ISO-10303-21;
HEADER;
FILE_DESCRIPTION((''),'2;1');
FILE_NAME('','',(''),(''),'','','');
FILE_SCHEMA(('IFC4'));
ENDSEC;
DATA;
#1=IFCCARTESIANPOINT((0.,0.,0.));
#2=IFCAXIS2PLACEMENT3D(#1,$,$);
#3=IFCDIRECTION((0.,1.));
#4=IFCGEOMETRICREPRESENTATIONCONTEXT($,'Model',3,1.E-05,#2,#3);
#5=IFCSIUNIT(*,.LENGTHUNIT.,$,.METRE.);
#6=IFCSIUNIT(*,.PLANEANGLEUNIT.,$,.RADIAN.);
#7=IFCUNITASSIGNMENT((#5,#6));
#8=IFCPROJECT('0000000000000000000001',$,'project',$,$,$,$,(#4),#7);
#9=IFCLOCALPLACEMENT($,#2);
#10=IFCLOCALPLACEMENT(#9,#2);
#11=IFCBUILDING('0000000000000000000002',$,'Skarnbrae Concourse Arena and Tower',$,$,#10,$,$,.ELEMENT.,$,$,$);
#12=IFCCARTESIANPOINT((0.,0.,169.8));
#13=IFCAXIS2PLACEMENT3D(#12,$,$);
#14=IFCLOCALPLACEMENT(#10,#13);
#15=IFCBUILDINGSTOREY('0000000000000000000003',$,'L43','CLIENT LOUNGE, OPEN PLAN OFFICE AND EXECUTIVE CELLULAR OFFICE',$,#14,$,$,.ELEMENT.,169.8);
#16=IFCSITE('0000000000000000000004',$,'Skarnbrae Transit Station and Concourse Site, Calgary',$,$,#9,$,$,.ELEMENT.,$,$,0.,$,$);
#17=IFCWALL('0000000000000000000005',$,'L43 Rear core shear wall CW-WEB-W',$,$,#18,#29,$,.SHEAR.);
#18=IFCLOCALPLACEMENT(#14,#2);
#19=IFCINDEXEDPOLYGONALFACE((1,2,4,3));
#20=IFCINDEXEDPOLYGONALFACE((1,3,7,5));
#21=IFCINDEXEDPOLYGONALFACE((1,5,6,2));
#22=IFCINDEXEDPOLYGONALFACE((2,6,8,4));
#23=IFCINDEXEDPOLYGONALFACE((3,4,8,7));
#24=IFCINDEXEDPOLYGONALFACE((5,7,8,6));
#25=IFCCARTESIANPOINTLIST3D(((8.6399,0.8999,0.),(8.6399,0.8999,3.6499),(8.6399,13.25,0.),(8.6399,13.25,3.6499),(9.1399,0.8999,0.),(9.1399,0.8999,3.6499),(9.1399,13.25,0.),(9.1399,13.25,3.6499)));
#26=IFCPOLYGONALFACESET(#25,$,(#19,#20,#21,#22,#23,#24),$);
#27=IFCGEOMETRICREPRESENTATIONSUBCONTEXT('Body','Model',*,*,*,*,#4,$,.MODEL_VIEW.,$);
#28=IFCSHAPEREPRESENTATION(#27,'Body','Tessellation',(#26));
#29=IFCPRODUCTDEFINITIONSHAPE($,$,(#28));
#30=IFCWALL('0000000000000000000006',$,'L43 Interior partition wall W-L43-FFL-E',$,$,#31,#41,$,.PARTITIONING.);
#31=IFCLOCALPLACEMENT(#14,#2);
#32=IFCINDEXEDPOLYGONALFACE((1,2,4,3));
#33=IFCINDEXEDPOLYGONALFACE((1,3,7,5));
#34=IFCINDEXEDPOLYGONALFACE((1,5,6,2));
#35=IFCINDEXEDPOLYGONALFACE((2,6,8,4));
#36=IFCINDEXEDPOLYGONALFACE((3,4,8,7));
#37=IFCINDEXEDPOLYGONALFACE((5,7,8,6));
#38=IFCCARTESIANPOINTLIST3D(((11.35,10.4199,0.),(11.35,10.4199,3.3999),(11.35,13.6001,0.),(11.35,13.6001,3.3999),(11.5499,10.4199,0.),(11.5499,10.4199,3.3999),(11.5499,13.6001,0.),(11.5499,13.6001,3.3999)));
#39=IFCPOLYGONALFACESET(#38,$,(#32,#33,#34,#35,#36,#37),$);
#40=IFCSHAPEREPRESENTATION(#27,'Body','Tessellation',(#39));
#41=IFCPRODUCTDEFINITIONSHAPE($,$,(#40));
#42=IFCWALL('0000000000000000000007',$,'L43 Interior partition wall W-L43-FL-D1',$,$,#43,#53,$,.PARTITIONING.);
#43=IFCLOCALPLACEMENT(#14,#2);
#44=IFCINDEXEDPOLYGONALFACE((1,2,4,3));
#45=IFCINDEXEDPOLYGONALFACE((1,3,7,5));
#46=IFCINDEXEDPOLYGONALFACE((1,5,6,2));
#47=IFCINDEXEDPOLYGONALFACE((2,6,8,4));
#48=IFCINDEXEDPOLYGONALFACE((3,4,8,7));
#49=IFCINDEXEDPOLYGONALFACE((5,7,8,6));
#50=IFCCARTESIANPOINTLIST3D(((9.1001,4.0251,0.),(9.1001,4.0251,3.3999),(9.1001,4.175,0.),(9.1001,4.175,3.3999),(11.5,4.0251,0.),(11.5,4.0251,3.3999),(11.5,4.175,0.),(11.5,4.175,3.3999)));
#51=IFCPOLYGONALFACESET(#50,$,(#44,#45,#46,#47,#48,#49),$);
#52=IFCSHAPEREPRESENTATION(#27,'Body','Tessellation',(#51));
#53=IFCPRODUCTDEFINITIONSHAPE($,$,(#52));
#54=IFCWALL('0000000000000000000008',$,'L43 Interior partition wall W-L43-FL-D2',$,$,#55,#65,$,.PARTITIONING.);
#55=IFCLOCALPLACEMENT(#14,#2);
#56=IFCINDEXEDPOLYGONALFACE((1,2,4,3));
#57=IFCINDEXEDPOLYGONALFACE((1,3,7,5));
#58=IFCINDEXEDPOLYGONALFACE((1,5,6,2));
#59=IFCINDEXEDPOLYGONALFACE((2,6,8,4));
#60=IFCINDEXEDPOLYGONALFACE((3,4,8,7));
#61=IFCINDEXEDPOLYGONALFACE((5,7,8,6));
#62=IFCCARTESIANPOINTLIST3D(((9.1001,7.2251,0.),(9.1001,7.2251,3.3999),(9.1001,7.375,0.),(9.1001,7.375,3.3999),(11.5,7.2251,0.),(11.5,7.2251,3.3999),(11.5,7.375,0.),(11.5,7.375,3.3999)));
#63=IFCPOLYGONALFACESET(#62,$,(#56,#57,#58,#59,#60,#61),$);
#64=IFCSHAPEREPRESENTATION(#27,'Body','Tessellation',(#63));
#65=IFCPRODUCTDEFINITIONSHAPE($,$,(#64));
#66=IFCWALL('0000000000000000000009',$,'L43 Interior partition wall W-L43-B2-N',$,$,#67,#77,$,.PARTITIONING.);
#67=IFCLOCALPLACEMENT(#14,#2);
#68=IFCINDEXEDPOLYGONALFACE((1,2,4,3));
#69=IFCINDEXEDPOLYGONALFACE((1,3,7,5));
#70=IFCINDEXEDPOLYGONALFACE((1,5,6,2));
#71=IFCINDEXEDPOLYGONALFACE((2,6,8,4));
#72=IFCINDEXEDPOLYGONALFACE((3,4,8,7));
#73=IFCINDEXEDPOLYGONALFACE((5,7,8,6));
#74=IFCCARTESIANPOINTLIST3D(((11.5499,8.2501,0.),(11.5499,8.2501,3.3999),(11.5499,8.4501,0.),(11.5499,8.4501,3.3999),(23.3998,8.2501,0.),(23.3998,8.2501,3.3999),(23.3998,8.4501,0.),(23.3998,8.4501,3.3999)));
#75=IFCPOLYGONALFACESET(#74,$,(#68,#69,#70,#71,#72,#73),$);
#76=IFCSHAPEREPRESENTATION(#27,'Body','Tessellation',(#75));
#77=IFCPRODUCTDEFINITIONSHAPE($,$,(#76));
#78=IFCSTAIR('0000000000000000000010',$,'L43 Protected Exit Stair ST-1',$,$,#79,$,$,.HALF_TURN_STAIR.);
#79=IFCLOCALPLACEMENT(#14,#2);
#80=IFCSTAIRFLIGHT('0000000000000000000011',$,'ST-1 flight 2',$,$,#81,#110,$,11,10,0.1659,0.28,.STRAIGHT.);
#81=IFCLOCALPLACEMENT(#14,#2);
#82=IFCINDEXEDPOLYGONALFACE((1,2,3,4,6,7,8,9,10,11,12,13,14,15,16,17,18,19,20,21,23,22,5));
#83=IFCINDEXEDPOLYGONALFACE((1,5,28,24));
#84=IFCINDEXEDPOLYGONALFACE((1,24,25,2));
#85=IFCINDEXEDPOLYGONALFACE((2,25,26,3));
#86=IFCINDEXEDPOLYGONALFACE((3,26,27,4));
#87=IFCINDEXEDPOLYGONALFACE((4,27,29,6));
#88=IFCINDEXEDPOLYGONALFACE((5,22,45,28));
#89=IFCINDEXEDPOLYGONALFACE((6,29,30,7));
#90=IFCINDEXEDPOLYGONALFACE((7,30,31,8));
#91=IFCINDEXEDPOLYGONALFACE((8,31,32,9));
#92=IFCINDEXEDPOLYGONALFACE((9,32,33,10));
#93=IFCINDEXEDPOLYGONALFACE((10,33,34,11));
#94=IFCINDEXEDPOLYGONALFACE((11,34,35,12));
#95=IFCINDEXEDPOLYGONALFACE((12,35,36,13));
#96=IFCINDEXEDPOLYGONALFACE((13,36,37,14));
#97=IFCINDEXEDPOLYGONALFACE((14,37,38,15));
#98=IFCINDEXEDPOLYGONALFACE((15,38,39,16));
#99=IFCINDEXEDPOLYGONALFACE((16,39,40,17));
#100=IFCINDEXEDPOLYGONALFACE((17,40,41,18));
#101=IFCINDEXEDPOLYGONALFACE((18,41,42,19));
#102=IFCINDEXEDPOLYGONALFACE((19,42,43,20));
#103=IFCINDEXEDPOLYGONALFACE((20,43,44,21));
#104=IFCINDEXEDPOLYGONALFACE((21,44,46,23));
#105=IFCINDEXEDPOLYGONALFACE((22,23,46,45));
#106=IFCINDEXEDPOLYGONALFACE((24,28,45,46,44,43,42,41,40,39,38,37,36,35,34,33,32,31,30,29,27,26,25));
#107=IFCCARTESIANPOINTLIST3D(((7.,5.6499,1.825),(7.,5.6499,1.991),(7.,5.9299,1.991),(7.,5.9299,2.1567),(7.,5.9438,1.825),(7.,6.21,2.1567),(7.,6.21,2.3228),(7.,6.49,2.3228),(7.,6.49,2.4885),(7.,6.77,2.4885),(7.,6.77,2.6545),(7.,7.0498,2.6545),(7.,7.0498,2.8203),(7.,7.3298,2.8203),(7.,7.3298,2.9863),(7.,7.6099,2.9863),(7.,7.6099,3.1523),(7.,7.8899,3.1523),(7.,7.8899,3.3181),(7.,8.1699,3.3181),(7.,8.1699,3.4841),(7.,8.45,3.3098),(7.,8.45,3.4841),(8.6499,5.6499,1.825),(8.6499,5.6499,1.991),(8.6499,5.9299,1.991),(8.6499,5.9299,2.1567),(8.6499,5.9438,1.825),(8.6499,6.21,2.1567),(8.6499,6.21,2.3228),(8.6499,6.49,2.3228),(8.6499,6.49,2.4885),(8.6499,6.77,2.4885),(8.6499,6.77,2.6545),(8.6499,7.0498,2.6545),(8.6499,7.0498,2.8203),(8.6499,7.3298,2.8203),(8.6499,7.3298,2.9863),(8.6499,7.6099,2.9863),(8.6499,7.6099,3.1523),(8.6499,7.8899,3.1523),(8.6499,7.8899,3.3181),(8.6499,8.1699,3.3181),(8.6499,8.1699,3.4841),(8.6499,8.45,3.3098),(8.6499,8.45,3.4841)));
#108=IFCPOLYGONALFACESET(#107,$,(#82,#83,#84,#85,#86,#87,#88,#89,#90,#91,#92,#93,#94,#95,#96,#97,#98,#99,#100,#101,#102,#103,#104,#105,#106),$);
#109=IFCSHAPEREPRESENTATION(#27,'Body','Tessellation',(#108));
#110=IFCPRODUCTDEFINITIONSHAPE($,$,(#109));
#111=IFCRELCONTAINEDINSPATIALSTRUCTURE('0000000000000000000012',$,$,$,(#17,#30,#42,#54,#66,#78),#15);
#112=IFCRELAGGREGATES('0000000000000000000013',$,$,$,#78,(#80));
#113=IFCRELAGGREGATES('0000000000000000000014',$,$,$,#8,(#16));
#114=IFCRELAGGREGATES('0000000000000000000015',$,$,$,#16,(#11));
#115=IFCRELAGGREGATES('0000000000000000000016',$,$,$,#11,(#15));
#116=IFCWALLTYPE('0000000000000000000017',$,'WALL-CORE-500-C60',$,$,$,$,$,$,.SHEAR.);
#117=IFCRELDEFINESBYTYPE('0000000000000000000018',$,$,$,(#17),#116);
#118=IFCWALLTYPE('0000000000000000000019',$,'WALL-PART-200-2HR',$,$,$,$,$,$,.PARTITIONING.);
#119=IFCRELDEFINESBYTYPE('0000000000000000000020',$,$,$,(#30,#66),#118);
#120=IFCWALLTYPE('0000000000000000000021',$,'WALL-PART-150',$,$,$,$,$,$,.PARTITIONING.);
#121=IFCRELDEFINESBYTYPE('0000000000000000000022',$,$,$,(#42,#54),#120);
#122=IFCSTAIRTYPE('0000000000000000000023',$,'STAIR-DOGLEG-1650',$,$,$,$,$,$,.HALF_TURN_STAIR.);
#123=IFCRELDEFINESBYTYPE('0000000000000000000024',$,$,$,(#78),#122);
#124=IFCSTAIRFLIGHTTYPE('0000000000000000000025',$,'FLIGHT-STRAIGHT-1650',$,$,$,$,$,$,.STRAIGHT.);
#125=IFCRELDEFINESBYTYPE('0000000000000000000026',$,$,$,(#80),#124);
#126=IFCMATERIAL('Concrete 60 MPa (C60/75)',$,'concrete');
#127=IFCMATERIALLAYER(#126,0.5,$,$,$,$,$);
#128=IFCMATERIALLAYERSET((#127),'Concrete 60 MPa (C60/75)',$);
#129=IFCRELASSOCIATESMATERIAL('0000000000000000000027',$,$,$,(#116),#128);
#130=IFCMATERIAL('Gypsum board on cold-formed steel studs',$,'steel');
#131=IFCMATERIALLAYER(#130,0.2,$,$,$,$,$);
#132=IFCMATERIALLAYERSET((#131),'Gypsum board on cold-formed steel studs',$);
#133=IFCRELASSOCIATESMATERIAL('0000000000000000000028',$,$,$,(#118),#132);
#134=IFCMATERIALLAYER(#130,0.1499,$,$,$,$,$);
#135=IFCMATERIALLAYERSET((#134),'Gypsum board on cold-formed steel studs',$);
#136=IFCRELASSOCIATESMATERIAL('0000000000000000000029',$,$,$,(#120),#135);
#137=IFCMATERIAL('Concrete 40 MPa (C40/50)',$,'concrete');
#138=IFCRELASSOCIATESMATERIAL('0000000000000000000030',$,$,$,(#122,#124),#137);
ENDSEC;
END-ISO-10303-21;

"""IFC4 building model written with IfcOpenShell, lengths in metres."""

from ifc_helpers import new_model, si_unit, direction, frame, frame_2d, origin, place, context, subcontext, project, spatial, polyline, rectangle, outline, extrude, source, transform, mapped, material, layer, layer_set, type_object, element, aggregate, save


model = new_model("IFC4")

# Units and contexts
model_context = context("Model", 3, precision=1e-05, world=origin(), true_north=direction((0.0, 1.0)))
body_context = subcontext(model_context, "Body", "Model", "MODEL_VIEW")
ifc_project = project(units=[si_unit("LENGTHUNIT", "METRE"), si_unit("PLANEANGLEUNIT", "RADIAN")], contexts=[model_context])

# Site, building, storey
site_placement = place(None, origin())
site = spatial("IfcSite", under=ifc_project, at=site_placement, Name="Skarnbrae Transit Station and Concourse Site, Calgary", CompositionType="ELEMENT", RefElevation=0.0)
building_placement = place(site_placement, origin())
building = spatial("IfcBuilding", under=site, at=building_placement, Name="Skarnbrae Concourse Arena and Tower", CompositionType="ELEMENT")
storey_placement = place(building_placement, frame((0.0, 0.0, 169.8)))
storey = spatial("IfcBuildingStorey", under=building, at=storey_placement, Name="L43", Description="CLIENT LOUNGE, OPEN PLAN OFFICE AND EXECUTIVE CELLULAR OFFICE", CompositionType="ELEMENT", Elevation=169.8)

# Walls
ifc_material_1 = material(Name="Concrete 60 MPa (C60/75)", Category="concrete")
ifc_layer_1 = layer(ifc_material_1, 0.5)
ifc_layer_set_1 = layer_set([ifc_layer_1], Name="Concrete 60 MPa (C60/75)")
wall_type_1 = type_object("IfcWallType", Name="WALL-CORE-500-C60", PredefinedType="SHEAR", material=ifc_layer_set_1)
shared_shape_1 = source(origin(), body_context, "Body", "SweptSolid", [
    extrude(rectangle(XDim=12.3501, YDim=0.5, at=frame_2d((6.175, 0.0))), origin(), (0.0, 0.0, 1.0), 3.6499),
])
wall_1_placement = place(storey_placement, frame((8.8899, 0.8999, 0.0), z_axis=(0.0, 0.0, 1.0), x_axis=(0.0, 1.0, 0.0)))
element("IfcWall", 1, at=wall_1_placement, inside=storey, type_object=wall_type_1, Name="L43 Rear core shear wall CW-WEB-W", PredefinedType="SHEAR", context=body_context, shape_type="MappedRepresentation", body=[
    mapped(shared_shape_1, transform((0.0, 0.0, 0.0))),
])
ifc_material_2 = material(Name="Gypsum board on cold-formed steel studs", Category="steel")
ifc_layer_2 = layer(ifc_material_2, 0.2)
ifc_layer_set_2 = layer_set([ifc_layer_2], Name="Gypsum board on cold-formed steel studs")
wall_type_2 = type_object("IfcWallType", Name="WALL-PART-200-2HR", PredefinedType="PARTITIONING", material=ifc_layer_set_2)
shared_shape_2 = source(origin(), body_context, "Body", "SweptSolid", [
    extrude(rectangle(XDim=3.1802, YDim=0.2, at=frame_2d((1.5901, 0.0))), origin(), (0.0, 0.0, 1.0), 3.3999),
])
wall_2_placement = place(storey_placement, frame((11.45, 10.4199, 0.0), z_axis=(0.0, 0.0, 1.0), x_axis=(0.0, 1.0, 0.0)))
element("IfcWall", 2, at=wall_2_placement, inside=storey, type_object=wall_type_2, Name="L43 Interior partition wall W-L43-FFL-E", PredefinedType="PARTITIONING", context=body_context, shape_type="MappedRepresentation", body=[
    mapped(shared_shape_2, transform((0.0, 0.0, 0.0))),
])

# Walls
ifc_layer_3 = layer(ifc_material_2, 0.1499)
ifc_layer_set_3 = layer_set([ifc_layer_3], Name="Gypsum board on cold-formed steel studs")
wall_type_3 = type_object("IfcWallType", Name="WALL-PART-150", PredefinedType="PARTITIONING", material=ifc_layer_set_3)
shared_shape_3 = source(origin(), body_context, "Body", "SweptSolid", [
    extrude(rectangle(XDim=2.3999, YDim=0.1499, at=frame_2d((1.2, 0.0))), origin(), (0.0, 0.0, 1.0), 3.3999),
])
for number, where, z_axis, x_axis, name in (
    (3, (9.1001, 4.1001, 0.0), (0.0, 0.0, 1.0), (1.0, 0.0, 0.0), "L43 Interior partition wall W-L43-FL-D1"),
    (4, (9.1001, 7.3, 0.0), (0.0, 0.0, 1.0), (1.0, 0.0, 0.0), "L43 Interior partition wall W-L43-FL-D2"),
):
    element("IfcWall", number, at=place(storey_placement, frame(where, z_axis=z_axis, x_axis=x_axis)), inside=storey, type_object=wall_type_3, Name=name, PredefinedType="PARTITIONING", context=body_context, shape_type="MappedRepresentation", body=[
        mapped(shared_shape_3, transform((0.0, 0.0, 0.0))),
    ])

# Shared definitions
shared_shape_4 = source(origin(), body_context, "Body", "SweptSolid", [
    extrude(rectangle(XDim=11.8499, YDim=0.2, at=frame_2d((5.9248, 0.0))), origin(), (0.0, 0.0, 1.0), 3.3999),
])

# Wall
wall_3_placement = place(storey_placement, frame((11.55, 8.3501, 0.0), z_axis=(0.0, 0.0, 1.0), x_axis=(1.0, 0.0, 0.0)))
element("IfcWall", 5, at=wall_3_placement, inside=storey, type_object=wall_type_2, Name="L43 Interior partition wall W-L43-B2-N", PredefinedType="PARTITIONING", context=body_context, shape_type="MappedRepresentation", body=[
    mapped(shared_shape_4, transform((0.0, 0.0, 0.0))),
])

# Stair, stair flight
ifc_material_3 = material(Name="Concrete 40 MPa (C40/50)", Category="concrete")
stair_type = type_object("IfcStairType", Name="STAIR-DOGLEG-1650", PredefinedType="HALF_TURN_STAIR", material=ifc_material_3)
stair_placement = place(storey_placement, origin())
stair = element("IfcStair", 6, at=stair_placement, inside=storey, type_object=stair_type, Name="L43 Protected Exit Stair ST-1", PredefinedType="HALF_TURN_STAIR")
stair_flight_type = type_object("IfcStairFlightType", Name="FLIGHT-STRAIGHT-1650", PredefinedType="STRAIGHT", material=ifc_material_3)
shared_shape_5 = source(origin(), body_context, "Body", "SweptSolid", [
    extrude(outline(polyline([(0.0, 0.0), (0.0, 0.166), (0.28, 0.166), (0.28, 0.3318), (0.5601, 0.3318), (0.5601, 0.4978), (0.8401, 0.4978), (0.8401, 0.6636), (1.1201, 0.6636), (1.1201, 0.8296), (1.3999, 0.8296), (1.3999, 0.9954), (1.6799, 0.9954), (1.6799, 1.1614), (1.96, 1.1614), (1.96, 1.3274), (2.24, 1.3274), (2.24, 1.4932), (2.52, 1.4932), (2.52, 1.6592), (2.8, 1.6592), (2.8, 1.825), (2.8, 1.4849), (0.2939, 0.0), (0.0, 0.0)])), frame((0.0, 0.825, 0.0), z_axis=(0.0, -1.0, 0.0), x_axis=(1.0, 0.0, 0.0)), (0.0, 0.0, 1.0), 1.6499),
])
stair_flight_placement = place(storey_placement, frame((7.825, 5.6499, 1.825), z_axis=(0.0, 0.0, 1.0), x_axis=(0.0, 1.0, 0.0)))
stair_flight = element("IfcStairFlight", 7, at=stair_flight_placement, type_object=stair_flight_type, Name="ST-1 flight 2", NumberOfRisers=11, NumberOfTreads=10, PredefinedType="STRAIGHT", RiserHeight=0.1659, TreadLength=0.28, context=body_context, shape_type="MappedRepresentation", body=[
    mapped(shared_shape_5, transform((0.0, 0.0, 0.0))),
])
aggregate(stair, [stair_flight])

save(model, "model.ifc")
